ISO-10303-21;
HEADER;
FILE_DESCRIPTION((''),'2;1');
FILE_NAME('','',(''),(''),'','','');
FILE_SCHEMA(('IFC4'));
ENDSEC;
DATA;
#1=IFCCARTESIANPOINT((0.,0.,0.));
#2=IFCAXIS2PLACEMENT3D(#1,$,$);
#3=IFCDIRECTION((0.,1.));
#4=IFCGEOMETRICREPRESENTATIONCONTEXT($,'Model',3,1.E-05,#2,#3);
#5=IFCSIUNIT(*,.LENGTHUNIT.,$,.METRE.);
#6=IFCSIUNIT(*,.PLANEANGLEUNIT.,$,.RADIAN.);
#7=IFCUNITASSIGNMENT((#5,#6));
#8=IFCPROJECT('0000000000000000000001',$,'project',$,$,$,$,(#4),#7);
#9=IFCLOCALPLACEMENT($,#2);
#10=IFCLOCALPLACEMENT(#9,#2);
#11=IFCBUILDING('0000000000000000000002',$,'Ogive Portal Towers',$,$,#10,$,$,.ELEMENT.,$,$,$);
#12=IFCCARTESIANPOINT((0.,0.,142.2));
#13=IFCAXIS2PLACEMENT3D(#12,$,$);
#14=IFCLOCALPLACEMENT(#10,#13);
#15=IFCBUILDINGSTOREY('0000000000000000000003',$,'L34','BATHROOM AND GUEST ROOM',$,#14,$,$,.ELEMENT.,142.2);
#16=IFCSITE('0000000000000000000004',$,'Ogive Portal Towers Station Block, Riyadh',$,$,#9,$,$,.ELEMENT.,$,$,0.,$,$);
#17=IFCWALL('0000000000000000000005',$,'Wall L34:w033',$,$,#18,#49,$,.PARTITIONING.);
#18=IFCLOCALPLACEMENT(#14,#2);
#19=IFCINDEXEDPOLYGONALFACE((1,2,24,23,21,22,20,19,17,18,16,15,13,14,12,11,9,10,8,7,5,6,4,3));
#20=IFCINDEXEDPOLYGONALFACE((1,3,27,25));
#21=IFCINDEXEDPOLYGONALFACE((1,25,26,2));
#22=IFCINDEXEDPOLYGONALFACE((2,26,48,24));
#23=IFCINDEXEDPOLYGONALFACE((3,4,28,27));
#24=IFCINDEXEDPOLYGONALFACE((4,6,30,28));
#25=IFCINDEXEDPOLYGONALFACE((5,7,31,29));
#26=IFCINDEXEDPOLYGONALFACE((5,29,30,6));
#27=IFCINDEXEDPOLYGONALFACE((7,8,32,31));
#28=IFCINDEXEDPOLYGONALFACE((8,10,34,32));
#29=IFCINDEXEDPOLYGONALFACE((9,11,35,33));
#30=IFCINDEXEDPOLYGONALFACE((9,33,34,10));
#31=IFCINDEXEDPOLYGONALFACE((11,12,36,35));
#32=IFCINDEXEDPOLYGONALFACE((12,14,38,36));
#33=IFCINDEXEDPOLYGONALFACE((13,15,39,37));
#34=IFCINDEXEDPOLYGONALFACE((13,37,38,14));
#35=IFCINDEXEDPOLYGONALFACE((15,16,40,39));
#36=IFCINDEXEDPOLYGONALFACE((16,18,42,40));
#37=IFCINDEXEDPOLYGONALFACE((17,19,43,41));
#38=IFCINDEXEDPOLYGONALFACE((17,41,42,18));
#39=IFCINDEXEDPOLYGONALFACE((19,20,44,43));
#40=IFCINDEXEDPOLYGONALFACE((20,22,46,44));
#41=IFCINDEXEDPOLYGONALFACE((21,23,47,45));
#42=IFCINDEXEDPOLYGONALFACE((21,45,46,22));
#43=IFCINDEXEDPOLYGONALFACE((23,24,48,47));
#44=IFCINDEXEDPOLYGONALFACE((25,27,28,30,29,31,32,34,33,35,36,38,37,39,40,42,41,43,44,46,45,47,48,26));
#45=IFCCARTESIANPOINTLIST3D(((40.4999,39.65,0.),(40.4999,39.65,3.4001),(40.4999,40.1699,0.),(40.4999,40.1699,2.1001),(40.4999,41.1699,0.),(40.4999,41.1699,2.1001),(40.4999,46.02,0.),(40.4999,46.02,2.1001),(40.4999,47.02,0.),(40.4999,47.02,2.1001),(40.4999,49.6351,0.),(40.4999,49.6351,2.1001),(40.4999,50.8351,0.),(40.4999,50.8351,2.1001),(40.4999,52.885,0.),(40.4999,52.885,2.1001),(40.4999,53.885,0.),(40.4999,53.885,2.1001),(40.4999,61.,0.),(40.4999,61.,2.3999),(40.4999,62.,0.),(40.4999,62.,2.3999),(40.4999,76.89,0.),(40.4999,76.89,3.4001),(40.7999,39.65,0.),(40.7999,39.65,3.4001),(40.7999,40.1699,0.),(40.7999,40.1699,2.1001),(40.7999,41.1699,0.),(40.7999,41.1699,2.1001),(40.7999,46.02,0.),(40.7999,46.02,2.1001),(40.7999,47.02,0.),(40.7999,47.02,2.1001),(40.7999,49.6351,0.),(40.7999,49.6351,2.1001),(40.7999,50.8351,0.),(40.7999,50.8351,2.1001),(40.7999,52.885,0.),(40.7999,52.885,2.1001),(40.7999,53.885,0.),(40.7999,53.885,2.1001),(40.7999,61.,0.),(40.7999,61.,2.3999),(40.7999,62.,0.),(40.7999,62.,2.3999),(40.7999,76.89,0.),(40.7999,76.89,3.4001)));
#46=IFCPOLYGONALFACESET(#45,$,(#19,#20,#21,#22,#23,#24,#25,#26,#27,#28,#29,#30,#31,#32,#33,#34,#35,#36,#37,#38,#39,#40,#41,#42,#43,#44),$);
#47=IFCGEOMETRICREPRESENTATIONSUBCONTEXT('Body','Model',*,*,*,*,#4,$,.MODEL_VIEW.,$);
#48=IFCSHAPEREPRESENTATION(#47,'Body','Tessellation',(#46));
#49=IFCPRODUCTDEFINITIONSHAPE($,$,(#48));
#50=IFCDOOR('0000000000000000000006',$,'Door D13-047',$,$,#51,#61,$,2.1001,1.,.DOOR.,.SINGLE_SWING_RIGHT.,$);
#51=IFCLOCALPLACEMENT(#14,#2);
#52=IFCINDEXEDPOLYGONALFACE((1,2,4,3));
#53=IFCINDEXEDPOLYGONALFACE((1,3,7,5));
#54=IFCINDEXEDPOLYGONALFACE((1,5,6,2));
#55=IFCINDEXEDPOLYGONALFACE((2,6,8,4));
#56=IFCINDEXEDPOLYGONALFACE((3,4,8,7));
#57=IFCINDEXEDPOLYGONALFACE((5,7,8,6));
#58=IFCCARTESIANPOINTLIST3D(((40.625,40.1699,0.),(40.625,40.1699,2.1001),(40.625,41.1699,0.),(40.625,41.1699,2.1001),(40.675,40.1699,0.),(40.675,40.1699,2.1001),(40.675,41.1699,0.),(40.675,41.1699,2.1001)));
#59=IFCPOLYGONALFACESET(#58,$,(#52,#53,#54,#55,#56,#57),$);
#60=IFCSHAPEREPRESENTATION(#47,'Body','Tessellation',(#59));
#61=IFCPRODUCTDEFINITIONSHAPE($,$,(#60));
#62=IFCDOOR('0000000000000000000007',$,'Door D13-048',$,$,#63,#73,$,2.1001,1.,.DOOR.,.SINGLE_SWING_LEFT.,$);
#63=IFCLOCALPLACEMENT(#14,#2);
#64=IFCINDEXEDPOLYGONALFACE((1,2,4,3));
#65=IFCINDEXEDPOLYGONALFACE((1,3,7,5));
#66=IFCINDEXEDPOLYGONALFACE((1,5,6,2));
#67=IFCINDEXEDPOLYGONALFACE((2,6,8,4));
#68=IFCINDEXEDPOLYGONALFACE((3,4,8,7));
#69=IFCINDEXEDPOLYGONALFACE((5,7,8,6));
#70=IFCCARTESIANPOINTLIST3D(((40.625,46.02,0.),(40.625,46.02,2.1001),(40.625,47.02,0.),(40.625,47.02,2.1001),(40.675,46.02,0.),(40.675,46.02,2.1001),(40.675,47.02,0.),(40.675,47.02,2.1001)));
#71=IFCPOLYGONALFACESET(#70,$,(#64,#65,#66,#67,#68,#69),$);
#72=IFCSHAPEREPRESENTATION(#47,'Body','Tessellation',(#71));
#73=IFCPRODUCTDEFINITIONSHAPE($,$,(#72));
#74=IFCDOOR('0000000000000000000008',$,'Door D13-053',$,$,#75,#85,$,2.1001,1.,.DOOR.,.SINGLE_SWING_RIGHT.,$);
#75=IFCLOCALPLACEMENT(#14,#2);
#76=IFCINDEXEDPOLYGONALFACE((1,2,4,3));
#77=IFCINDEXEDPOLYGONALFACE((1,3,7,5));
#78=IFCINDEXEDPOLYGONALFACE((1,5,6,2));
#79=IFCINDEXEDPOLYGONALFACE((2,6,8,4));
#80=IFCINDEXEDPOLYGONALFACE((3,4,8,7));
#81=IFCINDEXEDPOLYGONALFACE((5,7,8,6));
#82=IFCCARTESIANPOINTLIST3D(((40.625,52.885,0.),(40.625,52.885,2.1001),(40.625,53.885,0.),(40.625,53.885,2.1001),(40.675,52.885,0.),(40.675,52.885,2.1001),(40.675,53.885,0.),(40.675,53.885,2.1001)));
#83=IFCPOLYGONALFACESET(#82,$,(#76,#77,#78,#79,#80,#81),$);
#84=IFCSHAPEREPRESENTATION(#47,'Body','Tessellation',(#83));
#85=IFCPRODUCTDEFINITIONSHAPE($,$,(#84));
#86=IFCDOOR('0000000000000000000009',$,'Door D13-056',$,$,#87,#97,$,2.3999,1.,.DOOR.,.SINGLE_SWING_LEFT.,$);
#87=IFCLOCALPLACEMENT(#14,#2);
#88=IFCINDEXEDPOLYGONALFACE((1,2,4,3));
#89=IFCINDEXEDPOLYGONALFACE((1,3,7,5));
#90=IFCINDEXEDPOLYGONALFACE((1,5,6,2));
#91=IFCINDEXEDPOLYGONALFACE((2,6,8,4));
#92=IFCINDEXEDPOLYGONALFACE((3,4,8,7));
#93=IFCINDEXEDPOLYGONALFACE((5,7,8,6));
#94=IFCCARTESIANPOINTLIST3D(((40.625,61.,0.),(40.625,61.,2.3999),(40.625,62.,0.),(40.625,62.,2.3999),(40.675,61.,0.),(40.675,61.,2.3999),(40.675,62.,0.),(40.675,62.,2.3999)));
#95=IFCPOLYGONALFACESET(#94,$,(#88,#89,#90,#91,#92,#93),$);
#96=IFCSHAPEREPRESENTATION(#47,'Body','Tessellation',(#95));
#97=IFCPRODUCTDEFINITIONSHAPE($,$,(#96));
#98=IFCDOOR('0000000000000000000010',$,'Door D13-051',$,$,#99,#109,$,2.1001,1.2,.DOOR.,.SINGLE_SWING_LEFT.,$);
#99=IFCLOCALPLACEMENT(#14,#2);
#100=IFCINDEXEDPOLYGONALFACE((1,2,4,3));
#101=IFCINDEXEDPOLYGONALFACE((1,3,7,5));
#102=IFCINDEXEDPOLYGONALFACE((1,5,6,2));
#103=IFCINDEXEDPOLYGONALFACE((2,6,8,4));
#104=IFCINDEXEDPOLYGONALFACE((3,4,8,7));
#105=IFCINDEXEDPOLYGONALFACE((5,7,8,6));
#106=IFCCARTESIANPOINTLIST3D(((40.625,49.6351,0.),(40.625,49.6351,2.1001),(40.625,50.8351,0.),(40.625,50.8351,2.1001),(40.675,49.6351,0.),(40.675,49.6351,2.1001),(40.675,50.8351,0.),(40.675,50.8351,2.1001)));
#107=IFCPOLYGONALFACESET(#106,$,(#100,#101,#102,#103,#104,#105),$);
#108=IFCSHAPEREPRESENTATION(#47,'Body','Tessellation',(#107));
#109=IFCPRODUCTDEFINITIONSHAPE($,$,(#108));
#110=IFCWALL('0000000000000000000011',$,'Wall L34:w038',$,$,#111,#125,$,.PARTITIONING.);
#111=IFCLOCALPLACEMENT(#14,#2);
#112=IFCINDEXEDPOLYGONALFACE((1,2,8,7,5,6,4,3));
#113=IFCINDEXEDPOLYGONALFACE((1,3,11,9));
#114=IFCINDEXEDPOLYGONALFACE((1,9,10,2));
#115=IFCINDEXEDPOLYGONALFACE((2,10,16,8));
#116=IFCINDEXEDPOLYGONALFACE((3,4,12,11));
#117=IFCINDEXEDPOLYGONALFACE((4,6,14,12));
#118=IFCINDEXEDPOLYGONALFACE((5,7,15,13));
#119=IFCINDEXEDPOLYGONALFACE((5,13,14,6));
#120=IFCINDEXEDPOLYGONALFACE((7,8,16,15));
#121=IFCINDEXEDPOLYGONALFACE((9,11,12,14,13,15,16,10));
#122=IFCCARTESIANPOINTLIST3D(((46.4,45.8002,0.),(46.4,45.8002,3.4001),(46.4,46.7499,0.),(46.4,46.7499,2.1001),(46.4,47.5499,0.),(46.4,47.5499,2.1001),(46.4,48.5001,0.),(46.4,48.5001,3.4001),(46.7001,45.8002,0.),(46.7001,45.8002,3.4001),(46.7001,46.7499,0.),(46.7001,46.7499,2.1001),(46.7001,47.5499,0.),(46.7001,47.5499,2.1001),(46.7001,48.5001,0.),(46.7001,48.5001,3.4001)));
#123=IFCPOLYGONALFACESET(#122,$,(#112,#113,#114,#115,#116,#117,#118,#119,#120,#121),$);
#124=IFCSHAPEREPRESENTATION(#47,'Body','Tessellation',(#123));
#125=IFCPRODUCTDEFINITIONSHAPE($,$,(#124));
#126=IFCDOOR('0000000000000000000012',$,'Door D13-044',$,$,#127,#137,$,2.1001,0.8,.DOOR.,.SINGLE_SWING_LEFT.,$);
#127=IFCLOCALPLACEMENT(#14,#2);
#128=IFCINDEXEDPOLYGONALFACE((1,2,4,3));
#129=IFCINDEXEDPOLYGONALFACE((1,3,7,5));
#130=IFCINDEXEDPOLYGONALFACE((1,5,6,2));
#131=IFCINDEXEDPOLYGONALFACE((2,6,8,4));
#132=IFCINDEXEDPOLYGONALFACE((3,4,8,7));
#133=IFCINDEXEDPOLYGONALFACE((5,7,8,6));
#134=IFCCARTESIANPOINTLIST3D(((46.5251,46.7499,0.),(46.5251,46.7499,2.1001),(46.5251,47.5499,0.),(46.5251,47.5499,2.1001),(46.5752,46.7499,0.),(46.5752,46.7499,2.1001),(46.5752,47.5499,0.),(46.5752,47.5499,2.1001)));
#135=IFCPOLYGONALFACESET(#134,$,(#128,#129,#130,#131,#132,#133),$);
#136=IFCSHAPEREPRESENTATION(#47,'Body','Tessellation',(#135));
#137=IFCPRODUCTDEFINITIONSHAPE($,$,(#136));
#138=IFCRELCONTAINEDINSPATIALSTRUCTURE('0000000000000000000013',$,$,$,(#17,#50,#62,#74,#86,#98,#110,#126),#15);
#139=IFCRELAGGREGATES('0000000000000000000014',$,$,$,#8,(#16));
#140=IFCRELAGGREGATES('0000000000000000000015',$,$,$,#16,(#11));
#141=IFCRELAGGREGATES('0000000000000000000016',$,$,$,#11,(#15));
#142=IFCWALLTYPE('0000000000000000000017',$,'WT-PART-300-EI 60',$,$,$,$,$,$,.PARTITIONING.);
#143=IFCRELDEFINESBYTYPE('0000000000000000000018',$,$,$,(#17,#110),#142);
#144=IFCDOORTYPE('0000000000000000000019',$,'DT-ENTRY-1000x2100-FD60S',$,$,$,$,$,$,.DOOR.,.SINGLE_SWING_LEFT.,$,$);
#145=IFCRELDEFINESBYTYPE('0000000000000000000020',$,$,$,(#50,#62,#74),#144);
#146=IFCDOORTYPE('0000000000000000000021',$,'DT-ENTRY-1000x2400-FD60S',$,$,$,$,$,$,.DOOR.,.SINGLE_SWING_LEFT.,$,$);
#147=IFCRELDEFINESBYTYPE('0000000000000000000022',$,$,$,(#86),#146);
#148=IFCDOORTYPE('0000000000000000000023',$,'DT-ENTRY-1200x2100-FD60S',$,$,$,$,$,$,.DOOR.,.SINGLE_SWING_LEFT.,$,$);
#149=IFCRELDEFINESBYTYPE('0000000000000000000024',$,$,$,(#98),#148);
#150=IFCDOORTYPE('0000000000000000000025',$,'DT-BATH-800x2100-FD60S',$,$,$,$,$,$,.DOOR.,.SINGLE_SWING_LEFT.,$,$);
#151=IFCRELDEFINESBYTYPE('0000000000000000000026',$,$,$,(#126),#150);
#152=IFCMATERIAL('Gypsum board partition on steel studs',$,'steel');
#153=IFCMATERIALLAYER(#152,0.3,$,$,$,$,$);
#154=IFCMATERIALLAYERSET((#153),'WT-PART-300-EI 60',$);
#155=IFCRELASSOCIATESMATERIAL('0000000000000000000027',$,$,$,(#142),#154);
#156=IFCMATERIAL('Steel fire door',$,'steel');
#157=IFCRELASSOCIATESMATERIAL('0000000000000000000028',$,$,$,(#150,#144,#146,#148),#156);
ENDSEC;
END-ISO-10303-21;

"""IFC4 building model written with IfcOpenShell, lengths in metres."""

from ifc_helpers import new_model, si_unit, direction, frame, frame_2d, origin, place, context, subcontext, project, spatial, rectangle, extrude, material, layer, layer_set, type_object, element, fill, save


model = new_model("IFC4")

# Units and contexts
model_context = context("Model", 3, precision=1e-05, world=origin(), true_north=direction((0.0, 1.0)))
body_context = subcontext(model_context, "Body", "Model", "MODEL_VIEW")
ifc_project = project(units=[si_unit("LENGTHUNIT", "METRE"), si_unit("PLANEANGLEUNIT", "RADIAN")], contexts=[model_context])

# Site, building, storey
site_placement = place(None, origin())
site = spatial("IfcSite", under=ifc_project, at=site_placement, Name="Ogive Portal Towers Station Block, Riyadh", CompositionType="ELEMENT", RefElevation=0.0)
building_placement = place(site_placement, origin())
building = spatial("IfcBuilding", under=site, at=building_placement, Name="Ogive Portal Towers", CompositionType="ELEMENT")
storey_placement = place(building_placement, frame((0.0, 0.0, 142.2)))
storey = spatial("IfcBuildingStorey", under=building, at=storey_placement, Name="L34", Description="BATHROOM AND GUEST ROOM", CompositionType="ELEMENT", Elevation=142.2)

# Shared definitions
ifc_material_1 = material(Name="Gypsum board partition on steel studs", Category="steel")
ifc_layer_1 = layer(ifc_material_1, 0.3)
ifc_layer_set_1 = layer_set([ifc_layer_1], Name="WT-PART-300-EI 60")
wall_type_1 = type_object("IfcWallType", Name="WT-PART-300-EI 60", PredefinedType="PARTITIONING", material=ifc_layer_set_1)

# Shared definitions
ifc_material_2 = material(Name="Steel fire door", Category="steel")
door_type_1 = type_object("IfcDoorType", Name="DT-BATH-800x2100-FD60S", OperationType="SINGLE_SWING_LEFT", PredefinedType="DOOR", material=ifc_material_2)

# Wall, openings, doors
wall_1_placement = place(storey_placement, frame((40.6499, 39.6499, 0.0), z_axis=(0.0, 0.0, 1.0), x_axis=(0.0, 1.0, 0.0)))
wall_1 = element("IfcWall", 1, at=wall_1_placement, inside=storey, type_object=wall_type_1, Name="Wall L34:w033", PredefinedType="PARTITIONING", context=body_context, shape_type="SweptSolid", body=[
    extrude(rectangle(XDim=37.24, YDim=0.3, at=frame_2d((18.6201, 0.0))), origin(), (0.0, 0.0, 1.0), 3.4001),
])
opening_1_placement = place(wall_1_placement, frame((0.52, 0.0, 0.0)))
opening_1 = element("IfcOpeningElement", 2, at=opening_1_placement, cuts=wall_1, PredefinedType="OPENING", context=body_context, shape_type="SweptSolid", body=[
    extrude(rectangle(XDim=1.0, YDim=2.1001, at=frame_2d((0.5, 1.05))), frame((0.0, 0.1602, 0.0), z_axis=(0.0, -1.0, 0.0), x_axis=(1.0, 0.0, 0.0)), (0.0, 0.0, 1.0), 0.3201),
])
opening_2_placement = place(wall_1_placement, frame((6.3701, 0.0, 0.0)))
opening_2 = element("IfcOpeningElement", 3, at=opening_2_placement, cuts=wall_1, PredefinedType="OPENING", context=body_context, shape_type="SweptSolid", body=[
    extrude(rectangle(XDim=1.0, YDim=2.1001, at=frame_2d((0.5, 1.05))), frame((0.0, 0.1602, 0.0), z_axis=(0.0, -1.0, 0.0), x_axis=(1.0, 0.0, 0.0)), (0.0, 0.0, 1.0), 0.3201),
])
opening_3_placement = place(wall_1_placement, frame((9.9851, 0.0, 0.0)))
opening_3 = element("IfcOpeningElement", 4, at=opening_3_placement, cuts=wall_1, PredefinedType="OPENING", context=body_context, shape_type="SweptSolid", body=[
    extrude(rectangle(XDim=1.2, YDim=2.1001, at=frame_2d((0.6001, 1.05))), frame((0.0, 0.1602, 0.0), z_axis=(0.0, -1.0, 0.0), x_axis=(1.0, 0.0, 0.0)), (0.0, 0.0, 1.0), 0.3201),
])
opening_4_placement = place(wall_1_placement, frame((13.2351, 0.0, 0.0)))
opening_4 = element("IfcOpeningElement", 5, at=opening_4_placement, cuts=wall_1, PredefinedType="OPENING", context=body_context, shape_type="SweptSolid", body=[
    extrude(rectangle(XDim=1.0, YDim=2.1001, at=frame_2d((0.5, 1.05))), frame((0.0, 0.1602, 0.0), z_axis=(0.0, -1.0, 0.0), x_axis=(1.0, 0.0, 0.0)), (0.0, 0.0, 1.0), 0.3201),
])
opening_5_placement = place(wall_1_placement, frame((21.3501, 0.0, 0.0)))
opening_5 = element("IfcOpeningElement", 6, at=opening_5_placement, cuts=wall_1, PredefinedType="OPENING", context=body_context, shape_type="SweptSolid", body=[
    extrude(rectangle(XDim=1.0, YDim=2.3999, at=frame_2d((0.5, 1.2))), frame((0.0, 0.1602, 0.0), z_axis=(0.0, -1.0, 0.0), x_axis=(1.0, 0.0, 0.0)), (0.0, 0.0, 1.0), 0.3201),
])
door_type_2 = type_object("IfcDoorType", Name="DT-ENTRY-1000x2100-FD60S", OperationType="SINGLE_SWING_LEFT", PredefinedType="DOOR", material=ifc_material_2)
door_1_placement = place(opening_1_placement, origin())
door_1 = element("IfcDoor", 7, at=door_1_placement, inside=storey, type_object=door_type_2, Name="Door D13-047", OperationType="SINGLE_SWING_RIGHT", OverallHeight=2.1001, OverallWidth=1.0, PredefinedType="DOOR", context=body_context, shape_type="SweptSolid", body=[
    extrude(rectangle(XDim=1.0, YDim=2.1001, at=frame_2d((0.5, 1.05))), frame((0.0, 0.0249, 0.0), z_axis=(0.0, -1.0, 0.0), x_axis=(1.0, 0.0, 0.0)), (0.0, 0.0, 1.0), 0.05),
])
fill(opening_1, door_1)
door_2_placement = place(opening_2_placement, origin())
door_2 = element("IfcDoor", 8, at=door_2_placement, inside=storey, type_object=door_type_2, Name="Door D13-048", OperationType="SINGLE_SWING_LEFT", OverallHeight=2.1001, OverallWidth=1.0, PredefinedType="DOOR", context=body_context, shape_type="SweptSolid", body=[
    extrude(rectangle(XDim=1.0, YDim=2.1001, at=frame_2d((0.5, 1.05))), frame((0.0, 0.0249, 0.0), z_axis=(0.0, -1.0, 0.0), x_axis=(1.0, 0.0, 0.0)), (0.0, 0.0, 1.0), 0.05),
])
fill(opening_2, door_2)
door_3_placement = place(opening_4_placement, origin())
door_3 = element("IfcDoor", 9, at=door_3_placement, inside=storey, type_object=door_type_2, Name="Door D13-053", OperationType="SINGLE_SWING_RIGHT", OverallHeight=2.1001, OverallWidth=1.0, PredefinedType="DOOR", context=body_context, shape_type="SweptSolid", body=[
    extrude(rectangle(XDim=1.0, YDim=2.1001, at=frame_2d((0.5, 1.05))), frame((0.0, 0.0249, 0.0), z_axis=(0.0, -1.0, 0.0), x_axis=(1.0, 0.0, 0.0)), (0.0, 0.0, 1.0), 0.05),
])
fill(opening_4, door_3)
door_type_3 = type_object("IfcDoorType", Name="DT-ENTRY-1000x2400-FD60S", OperationType="SINGLE_SWING_LEFT", PredefinedType="DOOR", material=ifc_material_2)
door_4_placement = place(opening_5_placement, origin())
door_4 = element("IfcDoor", 10, at=door_4_placement, inside=storey, type_object=door_type_3, Name="Door D13-056", OperationType="SINGLE_SWING_LEFT", OverallHeight=2.3999, OverallWidth=1.0, PredefinedType="DOOR", context=body_context, shape_type="SweptSolid", body=[
    extrude(rectangle(XDim=1.0, YDim=2.3999, at=frame_2d((0.5, 1.2))), frame((0.0, 0.0249, 0.0), z_axis=(0.0, -1.0, 0.0), x_axis=(1.0, 0.0, 0.0)), (0.0, 0.0, 1.0), 0.05),
])
fill(opening_5, door_4)
door_type_4 = type_object("IfcDoorType", Name="DT-ENTRY-1200x2100-FD60S", OperationType="SINGLE_SWING_LEFT", PredefinedType="DOOR", material=ifc_material_2)
door_5_placement = place(opening_3_placement, origin())
door_5 = element("IfcDoor", 11, at=door_5_placement, inside=storey, type_object=door_type_4, Name="Door D13-051", OperationType="SINGLE_SWING_LEFT", OverallHeight=2.1001, OverallWidth=1.2, PredefinedType="DOOR", context=body_context, shape_type="SweptSolid", body=[
    extrude(rectangle(XDim=1.2, YDim=2.1001, at=frame_2d((0.6001, 1.05))), frame((0.0, 0.0249, 0.0), z_axis=(0.0, -1.0, 0.0), x_axis=(1.0, 0.0, 0.0)), (0.0, 0.0, 1.0), 0.05),
])
fill(opening_3, door_5)

# Wall, opening, door
wall_2_placement = place(storey_placement, frame((46.55, 45.8, 0.0), z_axis=(0.0, 0.0, 1.0), x_axis=(0.0, 1.0, 0.0)))
wall_2 = element("IfcWall", 12, at=wall_2_placement, inside=storey, type_object=wall_type_1, Name="Wall L34:w038", PredefinedType="PARTITIONING", context=body_context, shape_type="SweptSolid", body=[
    extrude(rectangle(XDim=2.7, YDim=0.3, at=frame_2d((1.3501, 0.0))), origin(), (0.0, 0.0, 1.0), 3.4001),
])
opening_6_placement = place(wall_2_placement, frame((0.95, 0.0, 0.0)))
opening_6 = element("IfcOpeningElement", 13, at=opening_6_placement, cuts=wall_2, PredefinedType="OPENING", context=body_context, shape_type="SweptSolid", body=[
    extrude(rectangle(XDim=0.8, YDim=2.1001, at=frame_2d((0.3999, 1.05))), frame((0.0, 0.1602, 0.0), z_axis=(0.0, -1.0, 0.0), x_axis=(1.0, 0.0, 0.0)), (0.0, 0.0, 1.0), 0.3201),
])
door_6_placement = place(opening_6_placement, origin())
door_6 = element("IfcDoor", 14, at=door_6_placement, inside=storey, type_object=door_type_1, Name="Door D13-044", OperationType="SINGLE_SWING_LEFT", OverallHeight=2.1001, OverallWidth=0.8, PredefinedType="DOOR", context=body_context, shape_type="SweptSolid", body=[
    extrude(rectangle(XDim=0.8, YDim=2.1001, at=frame_2d((0.3999, 1.05))), frame((0.0, 0.0249, 0.0), z_axis=(0.0, -1.0, 0.0), x_axis=(1.0, 0.0, 0.0)), (0.0, 0.0, 1.0), 0.05),
])
fill(opening_6, door_6)

save(model, "model.ifc")
